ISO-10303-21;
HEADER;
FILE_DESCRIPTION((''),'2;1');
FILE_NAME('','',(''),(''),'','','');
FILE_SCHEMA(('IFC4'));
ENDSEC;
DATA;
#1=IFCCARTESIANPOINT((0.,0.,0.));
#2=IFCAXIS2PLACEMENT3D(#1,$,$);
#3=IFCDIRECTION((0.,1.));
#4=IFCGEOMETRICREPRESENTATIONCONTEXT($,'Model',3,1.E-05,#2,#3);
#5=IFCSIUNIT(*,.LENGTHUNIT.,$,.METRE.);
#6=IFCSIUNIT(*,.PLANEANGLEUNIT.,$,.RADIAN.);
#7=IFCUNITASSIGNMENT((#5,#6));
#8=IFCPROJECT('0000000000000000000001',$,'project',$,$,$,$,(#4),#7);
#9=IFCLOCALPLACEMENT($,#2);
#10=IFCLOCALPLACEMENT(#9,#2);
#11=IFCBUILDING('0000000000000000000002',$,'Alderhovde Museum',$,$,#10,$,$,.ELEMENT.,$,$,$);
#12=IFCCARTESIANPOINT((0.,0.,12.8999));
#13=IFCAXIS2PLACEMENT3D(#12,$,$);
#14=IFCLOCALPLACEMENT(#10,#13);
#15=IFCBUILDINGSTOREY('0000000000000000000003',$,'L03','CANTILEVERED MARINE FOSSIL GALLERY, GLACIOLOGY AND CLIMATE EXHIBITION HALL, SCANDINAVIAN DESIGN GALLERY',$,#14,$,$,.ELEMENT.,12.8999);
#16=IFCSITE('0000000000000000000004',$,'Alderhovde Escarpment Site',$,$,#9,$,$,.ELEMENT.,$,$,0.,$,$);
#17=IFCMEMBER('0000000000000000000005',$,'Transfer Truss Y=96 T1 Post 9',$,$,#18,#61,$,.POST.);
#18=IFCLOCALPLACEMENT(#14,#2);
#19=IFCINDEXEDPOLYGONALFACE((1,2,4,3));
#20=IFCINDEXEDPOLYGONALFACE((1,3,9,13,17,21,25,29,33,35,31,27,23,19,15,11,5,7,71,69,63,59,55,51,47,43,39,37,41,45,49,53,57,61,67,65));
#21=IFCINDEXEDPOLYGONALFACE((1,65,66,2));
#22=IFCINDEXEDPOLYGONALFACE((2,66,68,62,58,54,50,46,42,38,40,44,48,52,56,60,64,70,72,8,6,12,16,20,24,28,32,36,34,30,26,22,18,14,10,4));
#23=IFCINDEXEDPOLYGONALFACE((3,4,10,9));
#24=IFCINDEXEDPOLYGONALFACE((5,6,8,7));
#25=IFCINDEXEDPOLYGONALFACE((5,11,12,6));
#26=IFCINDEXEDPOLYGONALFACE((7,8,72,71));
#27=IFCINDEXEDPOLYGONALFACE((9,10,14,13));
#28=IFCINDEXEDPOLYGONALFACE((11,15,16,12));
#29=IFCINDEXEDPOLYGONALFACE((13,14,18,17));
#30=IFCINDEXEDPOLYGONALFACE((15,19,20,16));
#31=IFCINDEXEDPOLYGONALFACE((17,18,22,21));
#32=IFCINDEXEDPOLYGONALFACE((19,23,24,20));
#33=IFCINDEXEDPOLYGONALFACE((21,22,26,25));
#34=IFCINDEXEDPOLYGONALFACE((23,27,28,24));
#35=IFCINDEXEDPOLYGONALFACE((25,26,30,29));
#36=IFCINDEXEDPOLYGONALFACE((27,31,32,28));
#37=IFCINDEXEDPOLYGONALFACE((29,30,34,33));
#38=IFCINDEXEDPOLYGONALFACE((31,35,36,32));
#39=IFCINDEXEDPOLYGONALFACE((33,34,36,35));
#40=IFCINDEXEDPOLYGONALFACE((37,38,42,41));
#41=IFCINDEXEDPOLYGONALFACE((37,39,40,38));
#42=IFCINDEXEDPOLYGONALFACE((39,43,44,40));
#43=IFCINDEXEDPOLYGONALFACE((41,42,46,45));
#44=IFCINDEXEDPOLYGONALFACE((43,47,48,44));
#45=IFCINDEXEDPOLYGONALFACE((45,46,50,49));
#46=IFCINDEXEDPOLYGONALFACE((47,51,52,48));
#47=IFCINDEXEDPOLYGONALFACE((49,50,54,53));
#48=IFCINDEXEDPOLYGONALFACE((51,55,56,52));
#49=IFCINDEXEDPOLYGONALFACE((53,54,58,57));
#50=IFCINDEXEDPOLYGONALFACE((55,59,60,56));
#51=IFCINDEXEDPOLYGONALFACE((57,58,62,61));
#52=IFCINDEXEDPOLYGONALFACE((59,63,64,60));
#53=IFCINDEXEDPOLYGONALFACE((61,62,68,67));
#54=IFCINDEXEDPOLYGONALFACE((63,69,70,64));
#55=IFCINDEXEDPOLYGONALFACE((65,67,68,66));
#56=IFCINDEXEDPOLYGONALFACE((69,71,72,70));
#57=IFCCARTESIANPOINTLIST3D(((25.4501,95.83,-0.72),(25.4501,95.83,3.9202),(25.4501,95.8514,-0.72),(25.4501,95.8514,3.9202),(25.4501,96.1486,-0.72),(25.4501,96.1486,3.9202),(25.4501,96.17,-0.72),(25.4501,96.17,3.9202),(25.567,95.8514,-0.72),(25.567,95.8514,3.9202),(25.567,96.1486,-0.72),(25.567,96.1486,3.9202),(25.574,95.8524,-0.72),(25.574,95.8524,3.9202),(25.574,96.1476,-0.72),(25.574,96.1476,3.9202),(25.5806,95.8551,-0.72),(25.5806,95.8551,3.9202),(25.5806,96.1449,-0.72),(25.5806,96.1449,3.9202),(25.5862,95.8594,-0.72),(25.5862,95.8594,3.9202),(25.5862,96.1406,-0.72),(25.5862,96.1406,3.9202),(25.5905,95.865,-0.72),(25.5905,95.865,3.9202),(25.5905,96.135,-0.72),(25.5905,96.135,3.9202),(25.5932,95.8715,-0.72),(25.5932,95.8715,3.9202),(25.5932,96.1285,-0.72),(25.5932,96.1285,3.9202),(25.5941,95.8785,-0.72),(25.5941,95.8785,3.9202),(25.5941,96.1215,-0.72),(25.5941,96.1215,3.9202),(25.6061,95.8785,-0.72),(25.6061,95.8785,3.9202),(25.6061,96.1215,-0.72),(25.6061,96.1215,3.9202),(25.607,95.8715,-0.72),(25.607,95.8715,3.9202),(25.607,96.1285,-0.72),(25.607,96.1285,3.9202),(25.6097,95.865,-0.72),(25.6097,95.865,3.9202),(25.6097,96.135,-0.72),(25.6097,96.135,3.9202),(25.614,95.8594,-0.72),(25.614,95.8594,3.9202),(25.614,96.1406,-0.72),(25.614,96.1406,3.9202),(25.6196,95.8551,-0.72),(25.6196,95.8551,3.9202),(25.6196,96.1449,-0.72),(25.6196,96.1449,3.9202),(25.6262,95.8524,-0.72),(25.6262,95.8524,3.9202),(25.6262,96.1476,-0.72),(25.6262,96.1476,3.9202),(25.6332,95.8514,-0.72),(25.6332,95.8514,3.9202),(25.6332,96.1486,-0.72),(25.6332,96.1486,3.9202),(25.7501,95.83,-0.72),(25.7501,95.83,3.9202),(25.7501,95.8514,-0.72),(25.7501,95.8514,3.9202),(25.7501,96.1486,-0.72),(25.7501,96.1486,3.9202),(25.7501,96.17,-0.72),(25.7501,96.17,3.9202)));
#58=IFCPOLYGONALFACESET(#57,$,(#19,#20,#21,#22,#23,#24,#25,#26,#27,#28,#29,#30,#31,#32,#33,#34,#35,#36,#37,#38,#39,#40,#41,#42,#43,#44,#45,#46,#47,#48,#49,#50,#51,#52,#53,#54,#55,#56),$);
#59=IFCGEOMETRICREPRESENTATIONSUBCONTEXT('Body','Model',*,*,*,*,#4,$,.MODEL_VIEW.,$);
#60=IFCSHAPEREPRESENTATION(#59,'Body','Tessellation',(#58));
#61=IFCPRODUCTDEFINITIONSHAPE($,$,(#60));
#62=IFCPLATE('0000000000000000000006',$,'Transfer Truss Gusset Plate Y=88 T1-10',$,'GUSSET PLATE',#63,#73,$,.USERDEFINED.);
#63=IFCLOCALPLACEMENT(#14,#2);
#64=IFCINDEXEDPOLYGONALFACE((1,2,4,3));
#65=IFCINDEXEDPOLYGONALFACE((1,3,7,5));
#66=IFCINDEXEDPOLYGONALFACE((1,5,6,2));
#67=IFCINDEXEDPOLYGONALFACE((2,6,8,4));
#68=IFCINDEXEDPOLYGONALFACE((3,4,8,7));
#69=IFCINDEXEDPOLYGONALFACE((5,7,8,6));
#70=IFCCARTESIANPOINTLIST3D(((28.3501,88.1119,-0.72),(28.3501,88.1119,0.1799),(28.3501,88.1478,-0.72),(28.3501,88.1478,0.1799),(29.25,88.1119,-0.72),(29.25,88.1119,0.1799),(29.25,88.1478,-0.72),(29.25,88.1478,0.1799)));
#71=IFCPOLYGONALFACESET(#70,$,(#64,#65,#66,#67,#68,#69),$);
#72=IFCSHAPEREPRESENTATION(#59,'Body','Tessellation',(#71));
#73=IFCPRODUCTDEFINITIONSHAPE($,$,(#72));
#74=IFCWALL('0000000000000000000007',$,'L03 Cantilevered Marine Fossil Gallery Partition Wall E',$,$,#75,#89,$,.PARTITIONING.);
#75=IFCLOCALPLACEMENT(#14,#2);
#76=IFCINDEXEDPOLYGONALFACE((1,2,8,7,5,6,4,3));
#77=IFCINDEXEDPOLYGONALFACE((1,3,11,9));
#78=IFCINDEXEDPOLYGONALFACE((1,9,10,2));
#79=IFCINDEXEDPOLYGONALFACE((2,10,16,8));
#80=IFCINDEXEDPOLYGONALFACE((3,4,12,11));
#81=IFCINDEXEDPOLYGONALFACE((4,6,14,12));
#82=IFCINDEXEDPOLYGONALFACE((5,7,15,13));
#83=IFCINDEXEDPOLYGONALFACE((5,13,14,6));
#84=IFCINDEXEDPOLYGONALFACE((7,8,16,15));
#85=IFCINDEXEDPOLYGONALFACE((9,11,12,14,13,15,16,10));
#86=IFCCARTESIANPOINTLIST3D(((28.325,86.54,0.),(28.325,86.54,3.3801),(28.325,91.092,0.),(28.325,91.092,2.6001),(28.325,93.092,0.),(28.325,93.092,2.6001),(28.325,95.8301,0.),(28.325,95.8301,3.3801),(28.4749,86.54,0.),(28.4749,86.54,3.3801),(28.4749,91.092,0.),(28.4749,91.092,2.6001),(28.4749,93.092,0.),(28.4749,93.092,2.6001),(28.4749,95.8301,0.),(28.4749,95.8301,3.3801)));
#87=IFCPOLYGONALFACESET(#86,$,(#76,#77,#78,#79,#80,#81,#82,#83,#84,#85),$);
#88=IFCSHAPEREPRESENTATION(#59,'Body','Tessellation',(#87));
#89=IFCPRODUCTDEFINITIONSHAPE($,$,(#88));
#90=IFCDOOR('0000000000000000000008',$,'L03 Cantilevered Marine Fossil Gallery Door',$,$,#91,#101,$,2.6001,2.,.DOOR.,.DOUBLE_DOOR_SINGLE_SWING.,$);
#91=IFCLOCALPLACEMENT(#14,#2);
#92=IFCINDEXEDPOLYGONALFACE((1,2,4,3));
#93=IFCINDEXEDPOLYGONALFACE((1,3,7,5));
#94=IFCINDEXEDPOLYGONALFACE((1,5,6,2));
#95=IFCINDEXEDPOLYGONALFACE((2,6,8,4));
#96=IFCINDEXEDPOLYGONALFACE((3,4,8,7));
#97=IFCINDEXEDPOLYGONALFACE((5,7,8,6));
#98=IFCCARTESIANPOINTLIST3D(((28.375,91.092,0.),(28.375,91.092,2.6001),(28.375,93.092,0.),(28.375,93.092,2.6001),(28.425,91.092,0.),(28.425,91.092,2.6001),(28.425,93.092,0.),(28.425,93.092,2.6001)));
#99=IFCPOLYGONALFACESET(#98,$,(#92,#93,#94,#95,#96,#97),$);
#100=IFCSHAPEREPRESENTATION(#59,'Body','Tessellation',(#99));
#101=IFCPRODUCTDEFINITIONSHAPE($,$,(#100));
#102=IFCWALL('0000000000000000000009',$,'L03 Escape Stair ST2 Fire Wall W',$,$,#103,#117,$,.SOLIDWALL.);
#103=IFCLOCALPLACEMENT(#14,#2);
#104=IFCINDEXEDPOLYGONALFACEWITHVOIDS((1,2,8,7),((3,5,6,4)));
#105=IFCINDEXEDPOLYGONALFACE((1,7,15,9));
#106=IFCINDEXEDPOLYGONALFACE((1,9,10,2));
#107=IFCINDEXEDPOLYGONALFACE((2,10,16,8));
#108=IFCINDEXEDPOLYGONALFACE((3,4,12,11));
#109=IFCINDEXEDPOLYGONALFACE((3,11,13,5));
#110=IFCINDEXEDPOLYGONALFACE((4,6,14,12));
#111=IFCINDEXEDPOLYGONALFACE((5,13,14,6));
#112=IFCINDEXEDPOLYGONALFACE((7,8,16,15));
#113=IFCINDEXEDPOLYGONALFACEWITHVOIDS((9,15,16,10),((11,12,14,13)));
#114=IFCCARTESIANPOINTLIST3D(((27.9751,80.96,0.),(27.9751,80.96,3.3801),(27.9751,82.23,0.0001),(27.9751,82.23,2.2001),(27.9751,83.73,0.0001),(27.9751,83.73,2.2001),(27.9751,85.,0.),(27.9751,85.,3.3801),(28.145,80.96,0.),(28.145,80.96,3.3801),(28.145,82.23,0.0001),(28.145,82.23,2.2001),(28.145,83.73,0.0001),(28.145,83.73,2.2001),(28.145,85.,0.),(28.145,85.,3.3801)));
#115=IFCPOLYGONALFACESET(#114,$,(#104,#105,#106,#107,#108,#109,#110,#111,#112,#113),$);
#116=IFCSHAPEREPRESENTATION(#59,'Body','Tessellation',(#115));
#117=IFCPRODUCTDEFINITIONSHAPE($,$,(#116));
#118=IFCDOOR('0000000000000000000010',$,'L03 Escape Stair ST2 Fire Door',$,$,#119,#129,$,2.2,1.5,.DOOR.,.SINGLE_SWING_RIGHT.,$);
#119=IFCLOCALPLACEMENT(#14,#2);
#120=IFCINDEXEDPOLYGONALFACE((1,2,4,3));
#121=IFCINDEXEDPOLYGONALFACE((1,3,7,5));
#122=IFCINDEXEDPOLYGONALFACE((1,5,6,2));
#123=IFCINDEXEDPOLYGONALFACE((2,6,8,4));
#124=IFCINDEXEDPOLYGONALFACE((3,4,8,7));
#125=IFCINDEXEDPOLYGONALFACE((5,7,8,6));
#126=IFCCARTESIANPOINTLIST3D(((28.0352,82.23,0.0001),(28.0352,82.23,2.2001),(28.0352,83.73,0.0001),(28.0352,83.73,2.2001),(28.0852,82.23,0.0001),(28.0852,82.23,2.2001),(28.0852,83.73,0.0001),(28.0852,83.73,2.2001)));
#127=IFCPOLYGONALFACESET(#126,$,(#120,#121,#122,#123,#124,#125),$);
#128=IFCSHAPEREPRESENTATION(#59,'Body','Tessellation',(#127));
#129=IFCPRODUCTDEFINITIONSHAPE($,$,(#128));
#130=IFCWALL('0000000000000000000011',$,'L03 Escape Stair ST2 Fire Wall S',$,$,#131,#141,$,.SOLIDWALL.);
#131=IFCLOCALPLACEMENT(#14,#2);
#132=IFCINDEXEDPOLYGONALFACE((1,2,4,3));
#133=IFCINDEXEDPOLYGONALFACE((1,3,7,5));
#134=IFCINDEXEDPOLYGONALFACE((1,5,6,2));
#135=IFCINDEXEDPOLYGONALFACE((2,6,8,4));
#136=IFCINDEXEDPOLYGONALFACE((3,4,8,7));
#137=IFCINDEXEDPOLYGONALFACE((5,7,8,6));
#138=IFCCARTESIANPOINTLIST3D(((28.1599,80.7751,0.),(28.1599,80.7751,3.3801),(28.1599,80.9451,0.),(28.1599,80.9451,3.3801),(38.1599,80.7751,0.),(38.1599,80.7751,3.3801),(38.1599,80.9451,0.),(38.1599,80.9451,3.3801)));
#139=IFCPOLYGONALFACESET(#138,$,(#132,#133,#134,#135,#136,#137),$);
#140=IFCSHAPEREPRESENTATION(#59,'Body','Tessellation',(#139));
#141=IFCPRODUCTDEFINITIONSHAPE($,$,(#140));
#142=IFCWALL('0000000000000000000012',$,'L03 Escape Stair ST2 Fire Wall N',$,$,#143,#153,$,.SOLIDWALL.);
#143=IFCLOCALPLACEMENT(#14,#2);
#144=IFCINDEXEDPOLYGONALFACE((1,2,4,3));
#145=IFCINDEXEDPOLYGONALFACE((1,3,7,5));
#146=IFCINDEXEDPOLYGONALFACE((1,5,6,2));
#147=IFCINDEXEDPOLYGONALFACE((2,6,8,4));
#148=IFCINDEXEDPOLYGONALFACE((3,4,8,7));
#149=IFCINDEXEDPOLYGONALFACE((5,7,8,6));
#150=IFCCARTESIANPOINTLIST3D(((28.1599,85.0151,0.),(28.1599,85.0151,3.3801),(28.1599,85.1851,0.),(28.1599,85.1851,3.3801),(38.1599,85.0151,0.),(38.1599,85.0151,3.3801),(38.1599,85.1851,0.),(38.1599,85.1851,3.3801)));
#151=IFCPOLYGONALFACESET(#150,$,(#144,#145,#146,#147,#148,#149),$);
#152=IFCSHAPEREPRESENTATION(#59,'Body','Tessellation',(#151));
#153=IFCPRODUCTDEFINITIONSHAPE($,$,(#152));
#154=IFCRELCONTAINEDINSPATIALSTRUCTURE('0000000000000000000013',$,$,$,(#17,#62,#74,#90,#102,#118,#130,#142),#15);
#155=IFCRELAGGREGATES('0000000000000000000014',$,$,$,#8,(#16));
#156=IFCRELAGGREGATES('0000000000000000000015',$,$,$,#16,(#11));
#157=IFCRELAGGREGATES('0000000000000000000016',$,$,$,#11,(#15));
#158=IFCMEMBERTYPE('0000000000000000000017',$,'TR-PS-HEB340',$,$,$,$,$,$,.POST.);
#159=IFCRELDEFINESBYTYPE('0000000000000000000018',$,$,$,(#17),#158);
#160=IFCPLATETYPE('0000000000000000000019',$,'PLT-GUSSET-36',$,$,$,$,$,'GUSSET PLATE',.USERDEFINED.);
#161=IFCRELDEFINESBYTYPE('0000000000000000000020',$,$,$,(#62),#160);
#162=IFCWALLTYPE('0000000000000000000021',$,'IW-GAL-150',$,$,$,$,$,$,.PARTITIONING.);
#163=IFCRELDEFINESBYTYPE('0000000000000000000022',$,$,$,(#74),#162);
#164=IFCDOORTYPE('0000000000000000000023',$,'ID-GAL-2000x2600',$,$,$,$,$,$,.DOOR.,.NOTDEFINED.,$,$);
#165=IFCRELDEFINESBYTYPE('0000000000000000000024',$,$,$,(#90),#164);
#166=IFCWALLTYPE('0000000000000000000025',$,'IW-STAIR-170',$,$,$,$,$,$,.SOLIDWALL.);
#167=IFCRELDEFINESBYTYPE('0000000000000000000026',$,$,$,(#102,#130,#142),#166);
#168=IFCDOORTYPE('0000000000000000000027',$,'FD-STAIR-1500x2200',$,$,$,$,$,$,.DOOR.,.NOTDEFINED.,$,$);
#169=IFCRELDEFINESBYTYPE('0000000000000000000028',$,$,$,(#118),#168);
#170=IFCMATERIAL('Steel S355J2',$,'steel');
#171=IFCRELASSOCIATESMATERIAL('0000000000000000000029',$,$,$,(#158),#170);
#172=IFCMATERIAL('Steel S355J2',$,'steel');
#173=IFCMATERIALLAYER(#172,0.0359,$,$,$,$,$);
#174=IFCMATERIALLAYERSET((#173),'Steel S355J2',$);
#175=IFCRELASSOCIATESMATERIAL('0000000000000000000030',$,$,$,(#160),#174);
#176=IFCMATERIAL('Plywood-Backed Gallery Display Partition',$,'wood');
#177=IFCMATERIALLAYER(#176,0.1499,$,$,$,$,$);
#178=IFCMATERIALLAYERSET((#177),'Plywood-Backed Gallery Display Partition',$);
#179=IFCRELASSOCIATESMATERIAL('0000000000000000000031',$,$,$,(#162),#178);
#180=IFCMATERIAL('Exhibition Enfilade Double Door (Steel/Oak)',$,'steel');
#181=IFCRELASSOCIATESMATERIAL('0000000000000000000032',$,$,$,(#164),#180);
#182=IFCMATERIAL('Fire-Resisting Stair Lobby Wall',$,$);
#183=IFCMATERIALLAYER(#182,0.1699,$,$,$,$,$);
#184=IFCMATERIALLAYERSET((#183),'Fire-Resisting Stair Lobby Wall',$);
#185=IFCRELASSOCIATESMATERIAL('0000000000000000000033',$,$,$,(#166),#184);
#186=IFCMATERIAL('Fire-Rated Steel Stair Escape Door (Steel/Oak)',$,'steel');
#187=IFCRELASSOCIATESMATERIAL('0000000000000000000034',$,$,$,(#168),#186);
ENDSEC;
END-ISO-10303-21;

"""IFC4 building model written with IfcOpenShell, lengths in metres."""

from ifc_helpers import new_model, si_unit, direction, frame, frame_2d, origin, origin_2d, place, context, subcontext, project, spatial, rectangle, i_section, extrude, material, layer, layer_set, material_profile, profile_set, type_object, element, fill, save


model = new_model("IFC4")

# Units and contexts
model_context = context("Model", 3, precision=1e-05, world=origin(), true_north=direction((0.0, 1.0)))
body_context = subcontext(model_context, "Body", "Model", "MODEL_VIEW")
ifc_project = project(units=[si_unit("LENGTHUNIT", "METRE"), si_unit("PLANEANGLEUNIT", "RADIAN")], contexts=[model_context])

# Site, building, storey
site_placement = place(None, origin())
site = spatial("IfcSite", under=ifc_project, at=site_placement, Name="Alderhovde Escarpment Site", CompositionType="ELEMENT", RefElevation=0.0)
building_placement = place(site_placement, origin())
building = spatial("IfcBuilding", under=site, at=building_placement, Name="Alderhovde Museum", CompositionType="ELEMENT")
storey_placement = place(building_placement, frame((0.0, 0.0, 12.8999)))
storey = spatial("IfcBuildingStorey", under=building, at=storey_placement, Name="L03", Description="CANTILEVERED MARINE FOSSIL GALLERY, GLACIOLOGY AND CLIMATE EXHIBITION HALL, SCANDINAVIAN DESIGN GALLERY", CompositionType="ELEMENT", Elevation=12.8999)

# Member
ifc_material_1 = material(Name="Steel S355J2", Category="steel")
ifc_material_profile_1 = material_profile(ifc_material_1, i_section(OverallWidth=0.3, OverallDepth=0.3401, WebThickness=0.012, FlangeThickness=0.0215, FilletRadius=0.0271, at=origin_2d()), Name="HEB 340")
ifc_profile_set_1 = profile_set([ifc_material_profile_1], Name="Steel S355J2")
member_type_1 = type_object("IfcMemberType", Name="TR-PS-HEB340", PredefinedType="POST", material=ifc_profile_set_1)
member_1_placement = place(storey_placement, frame((25.6001, 96.0, -0.72), z_axis=(0.0, 0.0, 1.0), x_axis=(1.0, 0.0, 0.0)))
element("IfcMember", 1, at=member_1_placement, inside=storey, type_object=member_type_1, Name="Transfer Truss Y=96 T1 Post 9", PredefinedType="POST", context=body_context, shape_type="SweptSolid", body=[
    extrude(i_section(OverallWidth=0.3, OverallDepth=0.3401, WebThickness=0.012, FlangeThickness=0.0215, FilletRadius=0.0271, at=origin_2d()), origin(), (0.0, 0.0, 1.0), 4.6401),
])

# Plate
ifc_material_2 = material(Name="Steel S355J2", Category="steel")
ifc_layer_1 = layer(ifc_material_2, 0.0359)
ifc_layer_set_1 = layer_set([ifc_layer_1], Name="Steel S355J2")
plate_type = type_object("IfcPlateType", Name="PLT-GUSSET-36", ElementType="GUSSET PLATE", PredefinedType="USERDEFINED", material=ifc_layer_set_1)
plate_placement = place(storey_placement, frame((28.8, 88.1299, -0.72), z_axis=(0.0, 0.0, 1.0), x_axis=(1.0, 0.0, 0.0)))
element("IfcPlate", 2, at=plate_placement, inside=storey, type_object=plate_type, Name="Transfer Truss Gusset Plate Y=88 T1-10", ObjectType="GUSSET PLATE", PredefinedType="USERDEFINED", context=body_context, shape_type="SweptSolid", body=[
    extrude(rectangle(XDim=0.8999, YDim=0.0359, at=origin_2d()), origin(), (0.0, 0.0, 1.0), 0.8999),
])

# Walls, openings, doors
ifc_material_3 = material(Name="Plywood-Backed Gallery Display Partition", Category="wood")
ifc_layer_2 = layer(ifc_material_3, 0.1499)
ifc_layer_set_2 = layer_set([ifc_layer_2], Name="Plywood-Backed Gallery Display Partition")
wall_type_1 = type_object("IfcWallType", Name="IW-GAL-150", PredefinedType="PARTITIONING", material=ifc_layer_set_2)
wall_1_placement = place(storey_placement, frame((28.3999, 86.54, 0.0), z_axis=(0.0, 0.0, 1.0), x_axis=(0.0, 1.0, 0.0)))
wall_1 = element("IfcWall", 3, at=wall_1_placement, inside=storey, type_object=wall_type_1, Name="L03 Cantilevered Marine Fossil Gallery Partition Wall E", PredefinedType="PARTITIONING", context=body_context, shape_type="SweptSolid", body=[
    extrude(rectangle(XDim=9.29, YDim=0.1499, at=frame_2d((4.645, 0.0))), origin(), (0.0, 0.0, 1.0), 3.3801),
])
opening_1_placement = place(wall_1_placement, frame((4.552, 0.0, 0.0)))
opening_1 = element("IfcOpeningElement", 4, at=opening_1_placement, cuts=wall_1, PredefinedType="OPENING", context=body_context, shape_type="SweptSolid", body=[
    extrude(rectangle(XDim=2.0, YDim=2.6001, at=frame_2d((1.0, 1.3))), frame((0.0, 0.085, 0.0), z_axis=(0.0, -1.0, 0.0), x_axis=(1.0, 0.0, 0.0)), (0.0, 0.0, 1.0), 0.1699),
])
ifc_material_4 = material(Name="Exhibition Enfilade Double Door (Steel/Oak)", Category="steel")
door_type_1 = type_object("IfcDoorType", Name="ID-GAL-2000x2600", OperationType="NOTDEFINED", PredefinedType="DOOR", material=ifc_material_4)
door_1_placement = place(opening_1_placement, origin())
door_1 = element("IfcDoor", 5, at=door_1_placement, inside=storey, type_object=door_type_1, Name="L03 Cantilevered Marine Fossil Gallery Door", OperationType="DOUBLE_DOOR_SINGLE_SWING", OverallHeight=2.6001, OverallWidth=2.0, PredefinedType="DOOR", context=body_context, shape_type="SweptSolid", body=[
    extrude(rectangle(XDim=2.0, YDim=2.6001, at=frame_2d((1.0, 1.3))), frame((0.0, 0.0249, 0.0), z_axis=(0.0, -1.0, 0.0), x_axis=(1.0, 0.0, 0.0)), (0.0, 0.0, 1.0), 0.05),
])
fill(opening_1, door_1)
ifc_material_5 = material(Name="Fire-Resisting Stair Lobby Wall")
ifc_layer_3 = layer(ifc_material_5, 0.1699)
ifc_layer_set_3 = layer_set([ifc_layer_3], Name="Fire-Resisting Stair Lobby Wall")
wall_type_2 = type_object("IfcWallType", Name="IW-STAIR-170", PredefinedType="SOLIDWALL", material=ifc_layer_set_3)
wall_2_placement = place(storey_placement, frame((28.0601, 80.96, 0.0), z_axis=(0.0, 0.0, 1.0), x_axis=(0.0, 1.0, 0.0)))
wall_2 = element("IfcWall", 6, at=wall_2_placement, inside=storey, type_object=wall_type_2, Name="L03 Escape Stair ST2 Fire Wall W", PredefinedType="SOLIDWALL", context=body_context, shape_type="SweptSolid", body=[
    extrude(rectangle(XDim=4.04, YDim=0.1699, at=frame_2d((2.02, 0.0))), origin(), (0.0, 0.0, 1.0), 3.3801),
])
opening_2_placement = place(wall_2_placement, frame((1.27, 0.0, 0.0)))
opening_2 = element("IfcOpeningElement", 7, at=opening_2_placement, cuts=wall_2, PredefinedType="OPENING", context=body_context, shape_type="SweptSolid", body=[
    extrude(rectangle(XDim=1.5, YDim=2.2, at=frame_2d((0.75, 1.1001))), frame((0.0, 0.095, 0.0), z_axis=(0.0, -1.0, 0.0), x_axis=(1.0, 0.0, 0.0)), (0.0, 0.0, 1.0), 0.1899),
])
ifc_material_6 = material(Name="Fire-Rated Steel Stair Escape Door (Steel/Oak)", Category="steel")
door_type_2 = type_object("IfcDoorType", Name="FD-STAIR-1500x2200", OperationType="NOTDEFINED", PredefinedType="DOOR", material=ifc_material_6)
door_2_placement = place(opening_2_placement, origin())
door_2 = element("IfcDoor", 8, at=door_2_placement, inside=storey, type_object=door_type_2, Name="L03 Escape Stair ST2 Fire Door", OperationType="SINGLE_SWING_RIGHT", OverallHeight=2.2, OverallWidth=1.5, PredefinedType="DOOR", context=body_context, shape_type="SweptSolid", body=[
    extrude(rectangle(XDim=1.5, YDim=2.2, at=frame_2d((0.75, 1.1001))), frame((0.0, 0.0249, 0.0), z_axis=(0.0, -1.0, 0.0), x_axis=(1.0, 0.0, 0.0)), (0.0, 0.0, 1.0), 0.05),
])
fill(opening_2, door_2)

# Walls
for number, where, z_axis, x_axis, name in (
    (9, (28.1599, 80.8601, 0.0), (0.0, 0.0, 1.0), (1.0, 0.0, 0.0), "L03 Escape Stair ST2 Fire Wall S"),
    (10, (28.1599, 85.1001, 0.0), (0.0, 0.0, 1.0), (1.0, 0.0, 0.0), "L03 Escape Stair ST2 Fire Wall N"),
):
    element("IfcWall", number, at=place(storey_placement, frame(where, z_axis=z_axis, x_axis=x_axis)), inside=storey, type_object=wall_type_2, Name=name, PredefinedType="SOLIDWALL", context=body_context, shape_type="SweptSolid", body=[
        extrude(rectangle(XDim=10.0, YDim=0.1699, at=frame_2d((5.0, 0.0))), origin(), (0.0, 0.0, 1.0), 3.3801),
    ])

save(model, "model.ifc")
